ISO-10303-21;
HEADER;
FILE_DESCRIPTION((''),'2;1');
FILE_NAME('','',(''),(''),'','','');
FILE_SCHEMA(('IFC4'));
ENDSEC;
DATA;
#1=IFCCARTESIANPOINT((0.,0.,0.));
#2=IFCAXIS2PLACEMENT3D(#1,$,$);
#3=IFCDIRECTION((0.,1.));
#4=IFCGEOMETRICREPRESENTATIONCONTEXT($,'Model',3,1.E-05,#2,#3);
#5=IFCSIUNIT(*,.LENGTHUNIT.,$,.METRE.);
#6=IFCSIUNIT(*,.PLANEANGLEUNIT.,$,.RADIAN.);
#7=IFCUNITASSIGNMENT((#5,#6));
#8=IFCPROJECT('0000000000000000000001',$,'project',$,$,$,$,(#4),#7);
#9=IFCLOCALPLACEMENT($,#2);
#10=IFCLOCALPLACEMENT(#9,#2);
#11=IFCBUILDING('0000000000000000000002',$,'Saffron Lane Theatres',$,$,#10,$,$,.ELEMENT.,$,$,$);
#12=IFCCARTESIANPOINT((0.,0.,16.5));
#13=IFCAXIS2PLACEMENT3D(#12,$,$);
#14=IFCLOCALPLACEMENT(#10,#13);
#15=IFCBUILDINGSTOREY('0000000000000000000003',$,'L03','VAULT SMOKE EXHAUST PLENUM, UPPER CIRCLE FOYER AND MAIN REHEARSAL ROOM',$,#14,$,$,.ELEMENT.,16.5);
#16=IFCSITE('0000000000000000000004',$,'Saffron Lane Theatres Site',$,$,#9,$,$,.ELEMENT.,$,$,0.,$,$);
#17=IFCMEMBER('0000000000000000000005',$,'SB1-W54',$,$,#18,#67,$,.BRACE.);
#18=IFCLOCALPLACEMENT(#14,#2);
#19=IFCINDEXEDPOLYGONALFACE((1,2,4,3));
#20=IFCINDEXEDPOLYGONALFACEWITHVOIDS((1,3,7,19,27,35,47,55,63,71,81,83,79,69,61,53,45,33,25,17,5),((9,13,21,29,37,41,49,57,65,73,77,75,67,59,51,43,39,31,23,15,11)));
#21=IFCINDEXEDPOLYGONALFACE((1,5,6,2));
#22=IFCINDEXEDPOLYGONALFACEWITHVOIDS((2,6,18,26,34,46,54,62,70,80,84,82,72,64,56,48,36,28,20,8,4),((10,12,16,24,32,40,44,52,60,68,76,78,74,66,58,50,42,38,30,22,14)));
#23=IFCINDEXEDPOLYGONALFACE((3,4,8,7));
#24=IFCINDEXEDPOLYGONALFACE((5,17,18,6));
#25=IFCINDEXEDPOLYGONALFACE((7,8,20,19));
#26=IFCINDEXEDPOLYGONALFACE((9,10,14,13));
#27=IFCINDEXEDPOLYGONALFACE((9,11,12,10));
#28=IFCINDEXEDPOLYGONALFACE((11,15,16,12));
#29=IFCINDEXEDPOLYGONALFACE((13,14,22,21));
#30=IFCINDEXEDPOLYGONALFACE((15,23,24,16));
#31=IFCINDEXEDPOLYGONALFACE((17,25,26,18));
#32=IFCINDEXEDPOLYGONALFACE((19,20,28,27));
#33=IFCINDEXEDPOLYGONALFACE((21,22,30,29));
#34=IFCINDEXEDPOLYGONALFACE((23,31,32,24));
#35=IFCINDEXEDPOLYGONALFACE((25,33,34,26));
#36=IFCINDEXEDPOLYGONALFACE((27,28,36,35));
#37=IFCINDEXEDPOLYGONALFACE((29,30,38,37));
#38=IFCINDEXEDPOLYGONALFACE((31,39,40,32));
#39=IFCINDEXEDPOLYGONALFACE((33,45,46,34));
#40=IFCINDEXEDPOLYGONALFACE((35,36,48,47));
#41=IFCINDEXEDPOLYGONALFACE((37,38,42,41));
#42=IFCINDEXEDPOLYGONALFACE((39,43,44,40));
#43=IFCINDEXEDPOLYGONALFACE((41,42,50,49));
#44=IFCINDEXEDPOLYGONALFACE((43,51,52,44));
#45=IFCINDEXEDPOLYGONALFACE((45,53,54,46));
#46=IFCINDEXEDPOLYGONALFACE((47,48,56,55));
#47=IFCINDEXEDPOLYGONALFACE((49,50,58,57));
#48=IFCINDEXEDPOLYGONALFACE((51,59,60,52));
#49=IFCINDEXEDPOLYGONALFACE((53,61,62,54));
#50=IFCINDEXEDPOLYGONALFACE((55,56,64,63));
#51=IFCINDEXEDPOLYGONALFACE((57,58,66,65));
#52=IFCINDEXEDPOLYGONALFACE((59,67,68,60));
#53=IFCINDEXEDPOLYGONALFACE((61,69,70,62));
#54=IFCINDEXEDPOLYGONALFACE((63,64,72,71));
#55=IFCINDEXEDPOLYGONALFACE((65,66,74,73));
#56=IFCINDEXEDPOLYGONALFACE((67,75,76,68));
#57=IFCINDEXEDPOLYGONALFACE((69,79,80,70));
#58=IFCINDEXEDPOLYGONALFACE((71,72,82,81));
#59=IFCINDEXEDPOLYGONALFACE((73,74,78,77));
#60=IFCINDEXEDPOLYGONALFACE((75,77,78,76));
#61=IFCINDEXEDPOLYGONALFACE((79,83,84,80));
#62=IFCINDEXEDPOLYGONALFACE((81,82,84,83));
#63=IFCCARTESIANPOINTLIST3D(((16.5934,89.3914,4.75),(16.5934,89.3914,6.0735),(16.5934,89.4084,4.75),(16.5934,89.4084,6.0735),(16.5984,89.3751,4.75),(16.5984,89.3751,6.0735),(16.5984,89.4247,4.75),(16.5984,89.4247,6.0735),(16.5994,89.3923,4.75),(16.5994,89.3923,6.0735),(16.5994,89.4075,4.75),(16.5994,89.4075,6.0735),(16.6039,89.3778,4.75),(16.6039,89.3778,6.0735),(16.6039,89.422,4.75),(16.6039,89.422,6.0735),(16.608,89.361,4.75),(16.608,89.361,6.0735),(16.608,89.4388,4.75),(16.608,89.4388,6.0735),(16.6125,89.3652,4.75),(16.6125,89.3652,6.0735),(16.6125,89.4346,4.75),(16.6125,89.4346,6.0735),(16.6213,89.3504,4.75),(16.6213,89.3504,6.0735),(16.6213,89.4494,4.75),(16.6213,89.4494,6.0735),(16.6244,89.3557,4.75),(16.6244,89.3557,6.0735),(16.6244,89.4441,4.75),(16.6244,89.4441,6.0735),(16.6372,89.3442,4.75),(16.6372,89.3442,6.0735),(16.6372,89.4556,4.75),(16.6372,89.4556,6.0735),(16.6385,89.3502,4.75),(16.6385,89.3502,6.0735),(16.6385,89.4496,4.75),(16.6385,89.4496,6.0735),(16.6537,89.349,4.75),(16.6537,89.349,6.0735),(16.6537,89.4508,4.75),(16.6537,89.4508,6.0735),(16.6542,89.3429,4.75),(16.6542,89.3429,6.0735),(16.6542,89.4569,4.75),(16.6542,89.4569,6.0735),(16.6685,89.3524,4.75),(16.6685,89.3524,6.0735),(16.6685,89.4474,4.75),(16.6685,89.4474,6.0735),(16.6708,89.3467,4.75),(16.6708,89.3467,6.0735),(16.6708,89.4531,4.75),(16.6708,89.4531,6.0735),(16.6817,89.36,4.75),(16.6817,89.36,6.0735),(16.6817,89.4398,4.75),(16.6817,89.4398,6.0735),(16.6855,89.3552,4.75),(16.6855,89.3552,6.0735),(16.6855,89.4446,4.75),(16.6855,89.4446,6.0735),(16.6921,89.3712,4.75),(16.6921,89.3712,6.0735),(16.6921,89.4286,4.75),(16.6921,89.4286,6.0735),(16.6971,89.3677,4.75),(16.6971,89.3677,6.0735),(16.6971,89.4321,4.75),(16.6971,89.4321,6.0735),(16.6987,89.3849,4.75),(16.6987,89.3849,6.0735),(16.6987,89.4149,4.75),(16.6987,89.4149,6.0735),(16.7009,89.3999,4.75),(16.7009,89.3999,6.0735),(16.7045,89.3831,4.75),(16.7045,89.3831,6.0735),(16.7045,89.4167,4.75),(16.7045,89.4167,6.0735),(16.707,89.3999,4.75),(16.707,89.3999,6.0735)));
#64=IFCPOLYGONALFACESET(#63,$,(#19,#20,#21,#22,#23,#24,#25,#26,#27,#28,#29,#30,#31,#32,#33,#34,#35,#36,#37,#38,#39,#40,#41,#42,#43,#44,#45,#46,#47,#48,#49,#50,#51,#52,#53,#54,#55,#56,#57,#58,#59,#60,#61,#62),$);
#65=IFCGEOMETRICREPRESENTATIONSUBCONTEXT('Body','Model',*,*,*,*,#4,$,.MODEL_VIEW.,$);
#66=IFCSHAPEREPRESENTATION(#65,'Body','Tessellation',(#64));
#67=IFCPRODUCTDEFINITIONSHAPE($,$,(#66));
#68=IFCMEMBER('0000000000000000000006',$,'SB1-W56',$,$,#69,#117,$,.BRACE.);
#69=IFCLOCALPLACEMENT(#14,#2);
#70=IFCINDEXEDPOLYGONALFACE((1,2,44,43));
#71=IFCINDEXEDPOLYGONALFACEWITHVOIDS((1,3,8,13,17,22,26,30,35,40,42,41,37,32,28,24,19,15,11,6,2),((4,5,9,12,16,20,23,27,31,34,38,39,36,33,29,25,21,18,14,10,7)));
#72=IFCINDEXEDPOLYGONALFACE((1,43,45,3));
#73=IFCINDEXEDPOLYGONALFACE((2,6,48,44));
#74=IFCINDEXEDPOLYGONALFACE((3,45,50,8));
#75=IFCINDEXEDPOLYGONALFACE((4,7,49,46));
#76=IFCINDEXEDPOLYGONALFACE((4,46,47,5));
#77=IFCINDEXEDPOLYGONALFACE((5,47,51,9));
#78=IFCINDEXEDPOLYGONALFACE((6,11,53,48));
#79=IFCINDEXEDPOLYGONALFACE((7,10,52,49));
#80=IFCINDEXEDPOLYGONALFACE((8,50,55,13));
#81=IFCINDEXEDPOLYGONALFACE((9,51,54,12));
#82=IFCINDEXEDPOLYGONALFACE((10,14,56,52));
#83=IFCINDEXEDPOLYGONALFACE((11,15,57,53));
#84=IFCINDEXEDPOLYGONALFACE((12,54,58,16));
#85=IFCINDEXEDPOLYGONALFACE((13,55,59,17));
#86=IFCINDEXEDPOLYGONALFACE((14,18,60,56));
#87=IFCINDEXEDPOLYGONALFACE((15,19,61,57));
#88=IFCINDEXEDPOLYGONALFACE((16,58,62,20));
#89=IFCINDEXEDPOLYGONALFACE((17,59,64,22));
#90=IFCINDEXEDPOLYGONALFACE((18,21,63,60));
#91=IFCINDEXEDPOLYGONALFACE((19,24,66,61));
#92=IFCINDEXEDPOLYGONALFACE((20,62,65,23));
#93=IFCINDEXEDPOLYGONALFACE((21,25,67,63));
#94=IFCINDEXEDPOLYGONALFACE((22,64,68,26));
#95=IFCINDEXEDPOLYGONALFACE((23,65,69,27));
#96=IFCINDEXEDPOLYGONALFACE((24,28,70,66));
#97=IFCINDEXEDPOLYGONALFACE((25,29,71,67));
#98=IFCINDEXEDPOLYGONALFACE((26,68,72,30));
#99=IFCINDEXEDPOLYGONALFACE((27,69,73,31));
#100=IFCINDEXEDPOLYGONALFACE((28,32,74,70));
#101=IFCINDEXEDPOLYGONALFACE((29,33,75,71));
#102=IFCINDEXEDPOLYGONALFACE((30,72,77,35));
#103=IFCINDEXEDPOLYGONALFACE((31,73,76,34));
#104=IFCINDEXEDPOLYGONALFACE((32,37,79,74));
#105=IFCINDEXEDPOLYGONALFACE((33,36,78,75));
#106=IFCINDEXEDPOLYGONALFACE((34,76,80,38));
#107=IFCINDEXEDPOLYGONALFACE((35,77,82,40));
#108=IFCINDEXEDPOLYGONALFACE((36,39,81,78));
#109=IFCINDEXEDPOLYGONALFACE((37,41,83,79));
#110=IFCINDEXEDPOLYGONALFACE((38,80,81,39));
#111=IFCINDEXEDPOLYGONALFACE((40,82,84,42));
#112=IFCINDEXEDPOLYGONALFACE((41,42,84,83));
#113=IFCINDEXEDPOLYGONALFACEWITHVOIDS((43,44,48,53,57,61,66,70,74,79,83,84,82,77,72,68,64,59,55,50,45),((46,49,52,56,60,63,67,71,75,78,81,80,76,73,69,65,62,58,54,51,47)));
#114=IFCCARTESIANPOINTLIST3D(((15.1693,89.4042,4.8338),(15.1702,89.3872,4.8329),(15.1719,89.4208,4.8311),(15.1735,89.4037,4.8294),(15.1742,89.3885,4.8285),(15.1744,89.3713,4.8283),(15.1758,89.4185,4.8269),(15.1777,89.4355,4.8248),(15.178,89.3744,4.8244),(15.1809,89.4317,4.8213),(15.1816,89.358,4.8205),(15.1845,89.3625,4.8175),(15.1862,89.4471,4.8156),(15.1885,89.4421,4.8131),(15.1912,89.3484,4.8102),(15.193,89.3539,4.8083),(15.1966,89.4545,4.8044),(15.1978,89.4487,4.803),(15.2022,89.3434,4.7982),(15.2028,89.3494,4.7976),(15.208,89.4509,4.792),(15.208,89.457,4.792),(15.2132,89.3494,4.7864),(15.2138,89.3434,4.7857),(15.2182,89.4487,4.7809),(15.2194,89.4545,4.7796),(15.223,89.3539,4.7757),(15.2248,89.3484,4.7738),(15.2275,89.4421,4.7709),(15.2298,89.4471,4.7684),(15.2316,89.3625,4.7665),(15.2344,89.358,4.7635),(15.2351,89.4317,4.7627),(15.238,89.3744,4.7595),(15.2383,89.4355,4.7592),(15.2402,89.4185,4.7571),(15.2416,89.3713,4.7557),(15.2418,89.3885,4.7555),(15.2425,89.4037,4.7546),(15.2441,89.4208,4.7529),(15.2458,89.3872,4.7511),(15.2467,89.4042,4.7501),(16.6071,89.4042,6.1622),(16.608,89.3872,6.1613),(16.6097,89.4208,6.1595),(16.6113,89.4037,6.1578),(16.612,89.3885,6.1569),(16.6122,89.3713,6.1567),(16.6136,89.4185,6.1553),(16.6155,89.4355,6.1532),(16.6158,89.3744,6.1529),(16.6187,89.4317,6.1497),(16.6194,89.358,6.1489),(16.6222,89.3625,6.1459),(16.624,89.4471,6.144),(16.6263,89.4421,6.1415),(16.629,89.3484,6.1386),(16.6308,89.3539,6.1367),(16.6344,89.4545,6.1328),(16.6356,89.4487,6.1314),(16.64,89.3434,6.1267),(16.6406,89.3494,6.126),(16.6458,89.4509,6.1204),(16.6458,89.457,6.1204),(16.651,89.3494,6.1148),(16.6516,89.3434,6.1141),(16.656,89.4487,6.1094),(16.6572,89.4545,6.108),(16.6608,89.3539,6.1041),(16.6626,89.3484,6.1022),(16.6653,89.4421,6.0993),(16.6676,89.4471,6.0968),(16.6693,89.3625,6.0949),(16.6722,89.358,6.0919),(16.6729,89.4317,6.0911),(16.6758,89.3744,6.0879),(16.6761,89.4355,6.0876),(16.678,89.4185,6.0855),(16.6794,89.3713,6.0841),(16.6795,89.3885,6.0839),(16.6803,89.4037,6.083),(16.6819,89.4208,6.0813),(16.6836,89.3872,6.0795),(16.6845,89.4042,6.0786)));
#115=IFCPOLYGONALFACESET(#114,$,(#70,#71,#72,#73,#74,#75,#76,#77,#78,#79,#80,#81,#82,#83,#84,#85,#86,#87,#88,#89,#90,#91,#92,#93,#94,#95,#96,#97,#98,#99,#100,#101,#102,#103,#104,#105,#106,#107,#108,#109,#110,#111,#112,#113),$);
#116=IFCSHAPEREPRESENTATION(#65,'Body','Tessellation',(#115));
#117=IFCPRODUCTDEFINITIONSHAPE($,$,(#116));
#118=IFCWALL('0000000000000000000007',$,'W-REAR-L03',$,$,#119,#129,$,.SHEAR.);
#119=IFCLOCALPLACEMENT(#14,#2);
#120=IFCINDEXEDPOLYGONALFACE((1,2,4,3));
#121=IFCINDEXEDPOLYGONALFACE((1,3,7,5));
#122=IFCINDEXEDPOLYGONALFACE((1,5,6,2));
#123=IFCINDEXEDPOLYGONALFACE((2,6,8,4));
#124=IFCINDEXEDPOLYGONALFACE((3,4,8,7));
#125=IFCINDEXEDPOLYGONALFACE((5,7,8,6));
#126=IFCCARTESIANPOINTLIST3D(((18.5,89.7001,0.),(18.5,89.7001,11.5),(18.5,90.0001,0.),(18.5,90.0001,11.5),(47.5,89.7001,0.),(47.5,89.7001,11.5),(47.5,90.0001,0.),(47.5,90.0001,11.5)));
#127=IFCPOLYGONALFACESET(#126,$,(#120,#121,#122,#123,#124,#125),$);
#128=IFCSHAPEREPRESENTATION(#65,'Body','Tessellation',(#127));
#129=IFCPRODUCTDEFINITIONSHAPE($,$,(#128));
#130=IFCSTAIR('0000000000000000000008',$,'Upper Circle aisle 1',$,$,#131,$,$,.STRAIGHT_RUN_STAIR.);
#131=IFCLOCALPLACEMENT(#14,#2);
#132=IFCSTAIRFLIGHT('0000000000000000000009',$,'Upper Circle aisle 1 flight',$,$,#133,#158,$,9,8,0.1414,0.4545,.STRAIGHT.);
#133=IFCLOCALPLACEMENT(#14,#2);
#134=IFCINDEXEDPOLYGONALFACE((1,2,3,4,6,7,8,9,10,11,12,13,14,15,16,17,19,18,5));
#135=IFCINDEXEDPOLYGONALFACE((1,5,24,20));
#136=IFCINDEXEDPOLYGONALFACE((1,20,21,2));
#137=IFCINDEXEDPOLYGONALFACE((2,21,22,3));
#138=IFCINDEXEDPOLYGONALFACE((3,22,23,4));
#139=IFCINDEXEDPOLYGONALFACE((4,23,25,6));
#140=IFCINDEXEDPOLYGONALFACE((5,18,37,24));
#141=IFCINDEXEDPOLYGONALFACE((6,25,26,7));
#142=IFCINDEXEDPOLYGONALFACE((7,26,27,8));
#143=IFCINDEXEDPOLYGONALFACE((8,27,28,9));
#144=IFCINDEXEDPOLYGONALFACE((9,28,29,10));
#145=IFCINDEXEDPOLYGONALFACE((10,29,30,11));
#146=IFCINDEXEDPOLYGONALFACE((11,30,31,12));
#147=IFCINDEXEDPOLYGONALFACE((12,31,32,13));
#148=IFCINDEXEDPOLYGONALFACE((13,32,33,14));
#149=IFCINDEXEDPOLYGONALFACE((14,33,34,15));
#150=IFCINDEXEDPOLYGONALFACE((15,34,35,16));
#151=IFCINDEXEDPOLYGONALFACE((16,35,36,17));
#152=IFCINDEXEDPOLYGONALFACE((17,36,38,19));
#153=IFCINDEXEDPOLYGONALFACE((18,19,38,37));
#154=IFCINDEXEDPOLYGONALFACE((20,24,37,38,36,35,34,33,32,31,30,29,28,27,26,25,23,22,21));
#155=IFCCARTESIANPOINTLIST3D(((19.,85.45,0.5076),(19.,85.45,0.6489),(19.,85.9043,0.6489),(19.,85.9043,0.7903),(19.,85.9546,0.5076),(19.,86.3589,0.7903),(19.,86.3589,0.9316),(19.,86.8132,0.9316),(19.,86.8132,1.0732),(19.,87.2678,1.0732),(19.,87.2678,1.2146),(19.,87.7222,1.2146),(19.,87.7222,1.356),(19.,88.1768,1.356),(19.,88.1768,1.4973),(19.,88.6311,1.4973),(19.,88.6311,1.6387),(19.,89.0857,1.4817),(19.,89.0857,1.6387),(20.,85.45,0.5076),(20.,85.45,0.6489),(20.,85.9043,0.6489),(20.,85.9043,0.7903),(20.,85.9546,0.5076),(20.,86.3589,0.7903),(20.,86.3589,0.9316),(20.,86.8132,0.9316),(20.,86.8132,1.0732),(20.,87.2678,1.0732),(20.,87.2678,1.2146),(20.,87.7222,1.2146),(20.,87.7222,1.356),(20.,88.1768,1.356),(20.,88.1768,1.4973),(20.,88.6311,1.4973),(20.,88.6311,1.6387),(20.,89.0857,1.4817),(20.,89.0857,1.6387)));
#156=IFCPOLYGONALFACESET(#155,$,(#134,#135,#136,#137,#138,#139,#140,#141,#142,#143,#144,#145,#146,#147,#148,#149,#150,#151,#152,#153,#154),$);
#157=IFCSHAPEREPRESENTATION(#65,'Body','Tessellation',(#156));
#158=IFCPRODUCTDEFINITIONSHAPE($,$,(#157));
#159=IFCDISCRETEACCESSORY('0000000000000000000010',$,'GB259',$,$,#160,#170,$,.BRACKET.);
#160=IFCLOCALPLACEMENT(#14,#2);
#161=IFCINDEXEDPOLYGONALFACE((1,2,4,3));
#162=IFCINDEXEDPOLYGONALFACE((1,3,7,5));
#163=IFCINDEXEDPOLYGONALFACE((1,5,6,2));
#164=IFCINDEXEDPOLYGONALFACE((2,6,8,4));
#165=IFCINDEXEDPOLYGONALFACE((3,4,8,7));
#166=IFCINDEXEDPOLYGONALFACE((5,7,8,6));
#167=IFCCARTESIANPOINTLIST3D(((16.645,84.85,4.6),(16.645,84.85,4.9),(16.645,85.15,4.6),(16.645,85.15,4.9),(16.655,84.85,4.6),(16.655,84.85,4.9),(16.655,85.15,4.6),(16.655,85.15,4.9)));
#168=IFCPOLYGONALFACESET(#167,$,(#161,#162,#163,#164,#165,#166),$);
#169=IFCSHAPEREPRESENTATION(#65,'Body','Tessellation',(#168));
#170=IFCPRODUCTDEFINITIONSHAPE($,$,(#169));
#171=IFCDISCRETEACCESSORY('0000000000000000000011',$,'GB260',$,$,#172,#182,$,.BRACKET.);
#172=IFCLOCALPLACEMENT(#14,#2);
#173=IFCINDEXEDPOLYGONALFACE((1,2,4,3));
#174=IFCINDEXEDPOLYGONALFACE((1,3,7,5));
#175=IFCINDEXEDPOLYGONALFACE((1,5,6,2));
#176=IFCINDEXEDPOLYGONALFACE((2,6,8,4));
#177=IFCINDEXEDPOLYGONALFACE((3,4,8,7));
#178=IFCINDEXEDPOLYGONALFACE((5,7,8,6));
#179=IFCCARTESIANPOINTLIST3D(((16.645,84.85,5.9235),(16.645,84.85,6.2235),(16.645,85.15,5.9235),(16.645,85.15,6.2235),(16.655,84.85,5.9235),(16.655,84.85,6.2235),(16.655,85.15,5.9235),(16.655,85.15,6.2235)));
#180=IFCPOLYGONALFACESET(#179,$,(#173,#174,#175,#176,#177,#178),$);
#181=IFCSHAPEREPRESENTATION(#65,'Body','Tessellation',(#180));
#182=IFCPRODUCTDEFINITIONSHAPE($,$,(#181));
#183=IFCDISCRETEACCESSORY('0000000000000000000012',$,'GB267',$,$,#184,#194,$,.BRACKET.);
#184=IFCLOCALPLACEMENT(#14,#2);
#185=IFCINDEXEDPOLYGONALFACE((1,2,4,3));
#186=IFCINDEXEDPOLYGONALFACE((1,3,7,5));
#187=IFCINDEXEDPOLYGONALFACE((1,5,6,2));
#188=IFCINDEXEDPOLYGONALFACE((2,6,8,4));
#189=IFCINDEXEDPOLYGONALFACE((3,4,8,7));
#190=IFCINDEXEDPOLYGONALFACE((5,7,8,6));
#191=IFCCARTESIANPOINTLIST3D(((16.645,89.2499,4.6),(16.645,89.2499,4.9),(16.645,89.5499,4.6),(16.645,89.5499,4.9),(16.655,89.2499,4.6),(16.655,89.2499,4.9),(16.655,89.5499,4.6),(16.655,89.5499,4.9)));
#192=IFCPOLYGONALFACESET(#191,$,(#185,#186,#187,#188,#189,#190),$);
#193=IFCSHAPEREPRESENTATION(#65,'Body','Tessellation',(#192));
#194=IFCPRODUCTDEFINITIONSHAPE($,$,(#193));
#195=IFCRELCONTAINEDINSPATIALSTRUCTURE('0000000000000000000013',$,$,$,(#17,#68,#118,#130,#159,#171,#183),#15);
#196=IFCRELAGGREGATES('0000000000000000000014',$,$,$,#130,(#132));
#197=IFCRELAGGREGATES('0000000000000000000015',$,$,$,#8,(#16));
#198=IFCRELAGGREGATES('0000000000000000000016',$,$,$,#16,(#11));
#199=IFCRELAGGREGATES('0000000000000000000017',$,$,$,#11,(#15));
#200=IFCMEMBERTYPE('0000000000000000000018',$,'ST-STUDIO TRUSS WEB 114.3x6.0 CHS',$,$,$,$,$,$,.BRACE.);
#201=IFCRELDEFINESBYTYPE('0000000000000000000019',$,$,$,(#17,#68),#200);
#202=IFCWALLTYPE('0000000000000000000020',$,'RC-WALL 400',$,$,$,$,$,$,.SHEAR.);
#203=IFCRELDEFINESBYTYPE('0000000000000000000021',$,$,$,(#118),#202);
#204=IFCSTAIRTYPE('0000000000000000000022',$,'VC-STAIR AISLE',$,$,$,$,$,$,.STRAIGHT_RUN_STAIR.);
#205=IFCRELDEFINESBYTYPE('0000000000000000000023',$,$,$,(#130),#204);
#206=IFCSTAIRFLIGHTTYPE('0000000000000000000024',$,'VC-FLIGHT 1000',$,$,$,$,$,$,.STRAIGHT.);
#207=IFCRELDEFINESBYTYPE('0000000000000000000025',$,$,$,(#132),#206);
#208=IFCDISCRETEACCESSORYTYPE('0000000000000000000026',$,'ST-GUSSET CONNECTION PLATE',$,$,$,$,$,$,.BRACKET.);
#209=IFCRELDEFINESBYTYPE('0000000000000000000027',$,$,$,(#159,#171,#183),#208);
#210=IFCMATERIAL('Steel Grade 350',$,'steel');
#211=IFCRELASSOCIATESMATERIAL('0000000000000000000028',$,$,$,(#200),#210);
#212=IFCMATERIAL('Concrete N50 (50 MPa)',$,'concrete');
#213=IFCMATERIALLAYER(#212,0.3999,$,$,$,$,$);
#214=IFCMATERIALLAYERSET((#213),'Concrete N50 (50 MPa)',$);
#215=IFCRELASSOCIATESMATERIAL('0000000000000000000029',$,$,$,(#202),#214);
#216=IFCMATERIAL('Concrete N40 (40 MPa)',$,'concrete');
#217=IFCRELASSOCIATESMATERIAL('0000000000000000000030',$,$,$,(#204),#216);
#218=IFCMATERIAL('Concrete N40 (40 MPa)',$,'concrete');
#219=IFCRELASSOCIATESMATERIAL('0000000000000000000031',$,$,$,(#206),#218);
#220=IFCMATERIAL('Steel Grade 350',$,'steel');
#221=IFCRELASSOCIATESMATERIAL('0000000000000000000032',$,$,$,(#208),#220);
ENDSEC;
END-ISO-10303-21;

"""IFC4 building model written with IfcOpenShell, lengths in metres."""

from ifc_helpers import new_model, si_unit, direction, frame, frame_2d, origin, origin_2d, place, context, subcontext, project, spatial, polyline, rectangle, hollow_circle, outline, extrude, material, layer, layer_set, material_profile, profile_set, type_object, element, aggregate, save


model = new_model("IFC4")

# Units and contexts
model_context = context("Model", 3, precision=1e-05, world=origin(), true_north=direction((0.0, 1.0)))
body_context = subcontext(model_context, "Body", "Model", "MODEL_VIEW")
ifc_project = project(units=[si_unit("LENGTHUNIT", "METRE"), si_unit("PLANEANGLEUNIT", "RADIAN")], contexts=[model_context])

# Site, building, storey
site_placement = place(None, origin())
site = spatial("IfcSite", under=ifc_project, at=site_placement, Name="Saffron Lane Theatres Site", CompositionType="ELEMENT", RefElevation=0.0)
building_placement = place(site_placement, origin())
building = spatial("IfcBuilding", under=site, at=building_placement, Name="Saffron Lane Theatres", CompositionType="ELEMENT")
storey_placement = place(building_placement, frame((0.0, 0.0, 16.5)))
storey = spatial("IfcBuildingStorey", under=building, at=storey_placement, Name="L03", Description="VAULT SMOKE EXHAUST PLENUM, UPPER CIRCLE FOYER AND MAIN REHEARSAL ROOM", CompositionType="ELEMENT", Elevation=16.5)

# Members
ifc_material_1 = material(Name="Steel Grade 350", Category="steel")
ifc_material_profile_1 = material_profile(ifc_material_1, hollow_circle(Radius=0.0571, WallThickness=0.0061, at=origin_2d()))
ifc_profile_set_1 = profile_set([ifc_material_profile_1], Name="Steel Grade 350")
member_type_1 = type_object("IfcMemberType", Name="ST-STUDIO TRUSS WEB 114.3x6.0 CHS", PredefinedType="BRACE", material=ifc_profile_set_1)
member_1_placement = place(storey_placement, frame((16.6499, 89.3999, 4.75), z_axis=(0.0, 0.0, 1.0), x_axis=(1.0, 0.0, 0.0)))
element("IfcMember", 1, at=member_1_placement, inside=storey, type_object=member_type_1, Name="SB1-W54", PredefinedType="BRACE", context=body_context, shape_type="SweptSolid", body=[
    extrude(hollow_circle(Radius=0.0571, WallThickness=0.0061, at=origin_2d()), origin(), (0.0, 0.0, 1.0), 1.3235),
])
member_2_placement = place(storey_placement, frame((15.208, 89.3999, 4.792), z_axis=(0.734493, 0.0, 0.678617), x_axis=(0.0, 1.0, 0.0)))
element("IfcMember", 2, at=member_2_placement, inside=storey, type_object=member_type_1, Name="SB1-W56", PredefinedType="BRACE", context=body_context, shape_type="SweptSolid", body=[
    extrude(hollow_circle(Radius=0.0571, WallThickness=0.0061, at=origin_2d()), origin(), (0.0, 0.0, 1.0), 1.9575),
])

# Wall
ifc_material_2 = material(Name="Concrete N50 (50 MPa)", Category="concrete")
ifc_layer = layer(ifc_material_2, 0.3999)
ifc_layer_set = layer_set([ifc_layer], Name="Concrete N50 (50 MPa)")
wall_type = type_object("IfcWallType", Name="RC-WALL 400", PredefinedType="SHEAR", material=ifc_layer_set)
wall_placement = place(storey_placement, frame((18.5, 89.8501, 0.0), z_axis=(0.0, 0.0, 1.0), x_axis=(1.0, 0.0, 0.0)))
element("IfcWall", 3, at=wall_placement, inside=storey, type_object=wall_type, Name="W-REAR-L03", PredefinedType="SHEAR", context=body_context, shape_type="SweptSolid", body=[
    extrude(rectangle(XDim=29.0, YDim=0.3, at=frame_2d((14.5, 0.0))), origin(), (0.0, 0.0, 1.0), 11.5),
])

# Stair, stair flight
ifc_material_3 = material(Name="Concrete N40 (40 MPa)", Category="concrete")
stair_type = type_object("IfcStairType", Name="VC-STAIR AISLE", PredefinedType="STRAIGHT_RUN_STAIR", material=ifc_material_3)
stair_placement = place(storey_placement, origin())
stair = element("IfcStair", 4, at=stair_placement, inside=storey, type_object=stair_type, Name="Upper Circle aisle 1", PredefinedType="STRAIGHT_RUN_STAIR")
ifc_material_4 = material(Name="Concrete N40 (40 MPa)", Category="concrete")
stair_flight_type = type_object("IfcStairFlightType", Name="VC-FLIGHT 1000", PredefinedType="STRAIGHT", material=ifc_material_4)
stair_flight_placement = place(storey_placement, frame((19.5, 85.45, 0.5076), z_axis=(0.0, 0.0, 1.0), x_axis=(0.0, 1.0, 0.0)))
stair_flight = element("IfcStairFlight", 5, at=stair_flight_placement, type_object=stair_flight_type, Name="Upper Circle aisle 1 flight", NumberOfRisers=9, NumberOfTreads=8, PredefinedType="STRAIGHT", RiserHeight=0.1414, TreadLength=0.4545, context=body_context, shape_type="SweptSolid", body=[
    extrude(outline(polyline([(0.0, 0.0), (0.0, 0.1414), (0.4543, 0.1414), (0.4543, 0.2827), (0.9089, 0.2827), (0.9089, 0.4241), (1.3633, 0.4241), (1.3633, 0.5657), (1.8179, 0.5657), (1.8179, 0.707), (2.2722, 0.707), (2.2722, 0.8484), (2.7268, 0.8484), (2.7268, 0.9897), (3.1812, 0.9897), (3.1812, 1.1311), (3.6357, 1.1311), (3.6357, 1.2725), (3.6357, 0.9741), (0.5046, 0.0), (0.0, 0.0)])), frame((0.0, 0.5, 0.0), z_axis=(0.0, -1.0, 0.0), x_axis=(1.0, 0.0, 0.0)), (0.0, 0.0, 1.0), 1.0),
])
aggregate(stair, [stair_flight])

# Discrete accessories
ifc_material_5 = material(Name="Steel Grade 350", Category="steel")
ifc_material_profile_2 = material_profile(ifc_material_5, rectangle(XDim=0.3, YDim=0.3, at=origin_2d()))
ifc_profile_set_2 = profile_set([ifc_material_profile_2], Name="Steel Grade 350")
discrete_accessory_type_1 = type_object("IfcDiscreteAccessoryType", Name="ST-GUSSET CONNECTION PLATE", PredefinedType="BRACKET", material=ifc_profile_set_2)
for number, where, z_axis, x_axis, name in (
    (6, (16.645, 85.0, 4.75), (1.0, 0.0, 0.0), (0.0, 1.0, 0.0), "GB259"),
    (7, (16.645, 85.0, 6.0735), (1.0, 0.0, 0.0), (0.0, 1.0, 0.0), "GB260"),
    (8, (16.645, 89.3999, 4.75), (1.0, 0.0, 0.0), (0.0, 1.0, 0.0), "GB267"),
):
    element("IfcDiscreteAccessory", number, at=place(storey_placement, frame(where, z_axis=z_axis, x_axis=x_axis)), inside=storey, type_object=discrete_accessory_type_1, Name=name, PredefinedType="BRACKET", context=body_context, shape_type="SweptSolid", body=[
        extrude(rectangle(XDim=0.3, YDim=0.3, at=origin_2d()), origin(), (0.0, 0.0, 1.0), 0.01),
    ])

save(model, "model.ifc")
